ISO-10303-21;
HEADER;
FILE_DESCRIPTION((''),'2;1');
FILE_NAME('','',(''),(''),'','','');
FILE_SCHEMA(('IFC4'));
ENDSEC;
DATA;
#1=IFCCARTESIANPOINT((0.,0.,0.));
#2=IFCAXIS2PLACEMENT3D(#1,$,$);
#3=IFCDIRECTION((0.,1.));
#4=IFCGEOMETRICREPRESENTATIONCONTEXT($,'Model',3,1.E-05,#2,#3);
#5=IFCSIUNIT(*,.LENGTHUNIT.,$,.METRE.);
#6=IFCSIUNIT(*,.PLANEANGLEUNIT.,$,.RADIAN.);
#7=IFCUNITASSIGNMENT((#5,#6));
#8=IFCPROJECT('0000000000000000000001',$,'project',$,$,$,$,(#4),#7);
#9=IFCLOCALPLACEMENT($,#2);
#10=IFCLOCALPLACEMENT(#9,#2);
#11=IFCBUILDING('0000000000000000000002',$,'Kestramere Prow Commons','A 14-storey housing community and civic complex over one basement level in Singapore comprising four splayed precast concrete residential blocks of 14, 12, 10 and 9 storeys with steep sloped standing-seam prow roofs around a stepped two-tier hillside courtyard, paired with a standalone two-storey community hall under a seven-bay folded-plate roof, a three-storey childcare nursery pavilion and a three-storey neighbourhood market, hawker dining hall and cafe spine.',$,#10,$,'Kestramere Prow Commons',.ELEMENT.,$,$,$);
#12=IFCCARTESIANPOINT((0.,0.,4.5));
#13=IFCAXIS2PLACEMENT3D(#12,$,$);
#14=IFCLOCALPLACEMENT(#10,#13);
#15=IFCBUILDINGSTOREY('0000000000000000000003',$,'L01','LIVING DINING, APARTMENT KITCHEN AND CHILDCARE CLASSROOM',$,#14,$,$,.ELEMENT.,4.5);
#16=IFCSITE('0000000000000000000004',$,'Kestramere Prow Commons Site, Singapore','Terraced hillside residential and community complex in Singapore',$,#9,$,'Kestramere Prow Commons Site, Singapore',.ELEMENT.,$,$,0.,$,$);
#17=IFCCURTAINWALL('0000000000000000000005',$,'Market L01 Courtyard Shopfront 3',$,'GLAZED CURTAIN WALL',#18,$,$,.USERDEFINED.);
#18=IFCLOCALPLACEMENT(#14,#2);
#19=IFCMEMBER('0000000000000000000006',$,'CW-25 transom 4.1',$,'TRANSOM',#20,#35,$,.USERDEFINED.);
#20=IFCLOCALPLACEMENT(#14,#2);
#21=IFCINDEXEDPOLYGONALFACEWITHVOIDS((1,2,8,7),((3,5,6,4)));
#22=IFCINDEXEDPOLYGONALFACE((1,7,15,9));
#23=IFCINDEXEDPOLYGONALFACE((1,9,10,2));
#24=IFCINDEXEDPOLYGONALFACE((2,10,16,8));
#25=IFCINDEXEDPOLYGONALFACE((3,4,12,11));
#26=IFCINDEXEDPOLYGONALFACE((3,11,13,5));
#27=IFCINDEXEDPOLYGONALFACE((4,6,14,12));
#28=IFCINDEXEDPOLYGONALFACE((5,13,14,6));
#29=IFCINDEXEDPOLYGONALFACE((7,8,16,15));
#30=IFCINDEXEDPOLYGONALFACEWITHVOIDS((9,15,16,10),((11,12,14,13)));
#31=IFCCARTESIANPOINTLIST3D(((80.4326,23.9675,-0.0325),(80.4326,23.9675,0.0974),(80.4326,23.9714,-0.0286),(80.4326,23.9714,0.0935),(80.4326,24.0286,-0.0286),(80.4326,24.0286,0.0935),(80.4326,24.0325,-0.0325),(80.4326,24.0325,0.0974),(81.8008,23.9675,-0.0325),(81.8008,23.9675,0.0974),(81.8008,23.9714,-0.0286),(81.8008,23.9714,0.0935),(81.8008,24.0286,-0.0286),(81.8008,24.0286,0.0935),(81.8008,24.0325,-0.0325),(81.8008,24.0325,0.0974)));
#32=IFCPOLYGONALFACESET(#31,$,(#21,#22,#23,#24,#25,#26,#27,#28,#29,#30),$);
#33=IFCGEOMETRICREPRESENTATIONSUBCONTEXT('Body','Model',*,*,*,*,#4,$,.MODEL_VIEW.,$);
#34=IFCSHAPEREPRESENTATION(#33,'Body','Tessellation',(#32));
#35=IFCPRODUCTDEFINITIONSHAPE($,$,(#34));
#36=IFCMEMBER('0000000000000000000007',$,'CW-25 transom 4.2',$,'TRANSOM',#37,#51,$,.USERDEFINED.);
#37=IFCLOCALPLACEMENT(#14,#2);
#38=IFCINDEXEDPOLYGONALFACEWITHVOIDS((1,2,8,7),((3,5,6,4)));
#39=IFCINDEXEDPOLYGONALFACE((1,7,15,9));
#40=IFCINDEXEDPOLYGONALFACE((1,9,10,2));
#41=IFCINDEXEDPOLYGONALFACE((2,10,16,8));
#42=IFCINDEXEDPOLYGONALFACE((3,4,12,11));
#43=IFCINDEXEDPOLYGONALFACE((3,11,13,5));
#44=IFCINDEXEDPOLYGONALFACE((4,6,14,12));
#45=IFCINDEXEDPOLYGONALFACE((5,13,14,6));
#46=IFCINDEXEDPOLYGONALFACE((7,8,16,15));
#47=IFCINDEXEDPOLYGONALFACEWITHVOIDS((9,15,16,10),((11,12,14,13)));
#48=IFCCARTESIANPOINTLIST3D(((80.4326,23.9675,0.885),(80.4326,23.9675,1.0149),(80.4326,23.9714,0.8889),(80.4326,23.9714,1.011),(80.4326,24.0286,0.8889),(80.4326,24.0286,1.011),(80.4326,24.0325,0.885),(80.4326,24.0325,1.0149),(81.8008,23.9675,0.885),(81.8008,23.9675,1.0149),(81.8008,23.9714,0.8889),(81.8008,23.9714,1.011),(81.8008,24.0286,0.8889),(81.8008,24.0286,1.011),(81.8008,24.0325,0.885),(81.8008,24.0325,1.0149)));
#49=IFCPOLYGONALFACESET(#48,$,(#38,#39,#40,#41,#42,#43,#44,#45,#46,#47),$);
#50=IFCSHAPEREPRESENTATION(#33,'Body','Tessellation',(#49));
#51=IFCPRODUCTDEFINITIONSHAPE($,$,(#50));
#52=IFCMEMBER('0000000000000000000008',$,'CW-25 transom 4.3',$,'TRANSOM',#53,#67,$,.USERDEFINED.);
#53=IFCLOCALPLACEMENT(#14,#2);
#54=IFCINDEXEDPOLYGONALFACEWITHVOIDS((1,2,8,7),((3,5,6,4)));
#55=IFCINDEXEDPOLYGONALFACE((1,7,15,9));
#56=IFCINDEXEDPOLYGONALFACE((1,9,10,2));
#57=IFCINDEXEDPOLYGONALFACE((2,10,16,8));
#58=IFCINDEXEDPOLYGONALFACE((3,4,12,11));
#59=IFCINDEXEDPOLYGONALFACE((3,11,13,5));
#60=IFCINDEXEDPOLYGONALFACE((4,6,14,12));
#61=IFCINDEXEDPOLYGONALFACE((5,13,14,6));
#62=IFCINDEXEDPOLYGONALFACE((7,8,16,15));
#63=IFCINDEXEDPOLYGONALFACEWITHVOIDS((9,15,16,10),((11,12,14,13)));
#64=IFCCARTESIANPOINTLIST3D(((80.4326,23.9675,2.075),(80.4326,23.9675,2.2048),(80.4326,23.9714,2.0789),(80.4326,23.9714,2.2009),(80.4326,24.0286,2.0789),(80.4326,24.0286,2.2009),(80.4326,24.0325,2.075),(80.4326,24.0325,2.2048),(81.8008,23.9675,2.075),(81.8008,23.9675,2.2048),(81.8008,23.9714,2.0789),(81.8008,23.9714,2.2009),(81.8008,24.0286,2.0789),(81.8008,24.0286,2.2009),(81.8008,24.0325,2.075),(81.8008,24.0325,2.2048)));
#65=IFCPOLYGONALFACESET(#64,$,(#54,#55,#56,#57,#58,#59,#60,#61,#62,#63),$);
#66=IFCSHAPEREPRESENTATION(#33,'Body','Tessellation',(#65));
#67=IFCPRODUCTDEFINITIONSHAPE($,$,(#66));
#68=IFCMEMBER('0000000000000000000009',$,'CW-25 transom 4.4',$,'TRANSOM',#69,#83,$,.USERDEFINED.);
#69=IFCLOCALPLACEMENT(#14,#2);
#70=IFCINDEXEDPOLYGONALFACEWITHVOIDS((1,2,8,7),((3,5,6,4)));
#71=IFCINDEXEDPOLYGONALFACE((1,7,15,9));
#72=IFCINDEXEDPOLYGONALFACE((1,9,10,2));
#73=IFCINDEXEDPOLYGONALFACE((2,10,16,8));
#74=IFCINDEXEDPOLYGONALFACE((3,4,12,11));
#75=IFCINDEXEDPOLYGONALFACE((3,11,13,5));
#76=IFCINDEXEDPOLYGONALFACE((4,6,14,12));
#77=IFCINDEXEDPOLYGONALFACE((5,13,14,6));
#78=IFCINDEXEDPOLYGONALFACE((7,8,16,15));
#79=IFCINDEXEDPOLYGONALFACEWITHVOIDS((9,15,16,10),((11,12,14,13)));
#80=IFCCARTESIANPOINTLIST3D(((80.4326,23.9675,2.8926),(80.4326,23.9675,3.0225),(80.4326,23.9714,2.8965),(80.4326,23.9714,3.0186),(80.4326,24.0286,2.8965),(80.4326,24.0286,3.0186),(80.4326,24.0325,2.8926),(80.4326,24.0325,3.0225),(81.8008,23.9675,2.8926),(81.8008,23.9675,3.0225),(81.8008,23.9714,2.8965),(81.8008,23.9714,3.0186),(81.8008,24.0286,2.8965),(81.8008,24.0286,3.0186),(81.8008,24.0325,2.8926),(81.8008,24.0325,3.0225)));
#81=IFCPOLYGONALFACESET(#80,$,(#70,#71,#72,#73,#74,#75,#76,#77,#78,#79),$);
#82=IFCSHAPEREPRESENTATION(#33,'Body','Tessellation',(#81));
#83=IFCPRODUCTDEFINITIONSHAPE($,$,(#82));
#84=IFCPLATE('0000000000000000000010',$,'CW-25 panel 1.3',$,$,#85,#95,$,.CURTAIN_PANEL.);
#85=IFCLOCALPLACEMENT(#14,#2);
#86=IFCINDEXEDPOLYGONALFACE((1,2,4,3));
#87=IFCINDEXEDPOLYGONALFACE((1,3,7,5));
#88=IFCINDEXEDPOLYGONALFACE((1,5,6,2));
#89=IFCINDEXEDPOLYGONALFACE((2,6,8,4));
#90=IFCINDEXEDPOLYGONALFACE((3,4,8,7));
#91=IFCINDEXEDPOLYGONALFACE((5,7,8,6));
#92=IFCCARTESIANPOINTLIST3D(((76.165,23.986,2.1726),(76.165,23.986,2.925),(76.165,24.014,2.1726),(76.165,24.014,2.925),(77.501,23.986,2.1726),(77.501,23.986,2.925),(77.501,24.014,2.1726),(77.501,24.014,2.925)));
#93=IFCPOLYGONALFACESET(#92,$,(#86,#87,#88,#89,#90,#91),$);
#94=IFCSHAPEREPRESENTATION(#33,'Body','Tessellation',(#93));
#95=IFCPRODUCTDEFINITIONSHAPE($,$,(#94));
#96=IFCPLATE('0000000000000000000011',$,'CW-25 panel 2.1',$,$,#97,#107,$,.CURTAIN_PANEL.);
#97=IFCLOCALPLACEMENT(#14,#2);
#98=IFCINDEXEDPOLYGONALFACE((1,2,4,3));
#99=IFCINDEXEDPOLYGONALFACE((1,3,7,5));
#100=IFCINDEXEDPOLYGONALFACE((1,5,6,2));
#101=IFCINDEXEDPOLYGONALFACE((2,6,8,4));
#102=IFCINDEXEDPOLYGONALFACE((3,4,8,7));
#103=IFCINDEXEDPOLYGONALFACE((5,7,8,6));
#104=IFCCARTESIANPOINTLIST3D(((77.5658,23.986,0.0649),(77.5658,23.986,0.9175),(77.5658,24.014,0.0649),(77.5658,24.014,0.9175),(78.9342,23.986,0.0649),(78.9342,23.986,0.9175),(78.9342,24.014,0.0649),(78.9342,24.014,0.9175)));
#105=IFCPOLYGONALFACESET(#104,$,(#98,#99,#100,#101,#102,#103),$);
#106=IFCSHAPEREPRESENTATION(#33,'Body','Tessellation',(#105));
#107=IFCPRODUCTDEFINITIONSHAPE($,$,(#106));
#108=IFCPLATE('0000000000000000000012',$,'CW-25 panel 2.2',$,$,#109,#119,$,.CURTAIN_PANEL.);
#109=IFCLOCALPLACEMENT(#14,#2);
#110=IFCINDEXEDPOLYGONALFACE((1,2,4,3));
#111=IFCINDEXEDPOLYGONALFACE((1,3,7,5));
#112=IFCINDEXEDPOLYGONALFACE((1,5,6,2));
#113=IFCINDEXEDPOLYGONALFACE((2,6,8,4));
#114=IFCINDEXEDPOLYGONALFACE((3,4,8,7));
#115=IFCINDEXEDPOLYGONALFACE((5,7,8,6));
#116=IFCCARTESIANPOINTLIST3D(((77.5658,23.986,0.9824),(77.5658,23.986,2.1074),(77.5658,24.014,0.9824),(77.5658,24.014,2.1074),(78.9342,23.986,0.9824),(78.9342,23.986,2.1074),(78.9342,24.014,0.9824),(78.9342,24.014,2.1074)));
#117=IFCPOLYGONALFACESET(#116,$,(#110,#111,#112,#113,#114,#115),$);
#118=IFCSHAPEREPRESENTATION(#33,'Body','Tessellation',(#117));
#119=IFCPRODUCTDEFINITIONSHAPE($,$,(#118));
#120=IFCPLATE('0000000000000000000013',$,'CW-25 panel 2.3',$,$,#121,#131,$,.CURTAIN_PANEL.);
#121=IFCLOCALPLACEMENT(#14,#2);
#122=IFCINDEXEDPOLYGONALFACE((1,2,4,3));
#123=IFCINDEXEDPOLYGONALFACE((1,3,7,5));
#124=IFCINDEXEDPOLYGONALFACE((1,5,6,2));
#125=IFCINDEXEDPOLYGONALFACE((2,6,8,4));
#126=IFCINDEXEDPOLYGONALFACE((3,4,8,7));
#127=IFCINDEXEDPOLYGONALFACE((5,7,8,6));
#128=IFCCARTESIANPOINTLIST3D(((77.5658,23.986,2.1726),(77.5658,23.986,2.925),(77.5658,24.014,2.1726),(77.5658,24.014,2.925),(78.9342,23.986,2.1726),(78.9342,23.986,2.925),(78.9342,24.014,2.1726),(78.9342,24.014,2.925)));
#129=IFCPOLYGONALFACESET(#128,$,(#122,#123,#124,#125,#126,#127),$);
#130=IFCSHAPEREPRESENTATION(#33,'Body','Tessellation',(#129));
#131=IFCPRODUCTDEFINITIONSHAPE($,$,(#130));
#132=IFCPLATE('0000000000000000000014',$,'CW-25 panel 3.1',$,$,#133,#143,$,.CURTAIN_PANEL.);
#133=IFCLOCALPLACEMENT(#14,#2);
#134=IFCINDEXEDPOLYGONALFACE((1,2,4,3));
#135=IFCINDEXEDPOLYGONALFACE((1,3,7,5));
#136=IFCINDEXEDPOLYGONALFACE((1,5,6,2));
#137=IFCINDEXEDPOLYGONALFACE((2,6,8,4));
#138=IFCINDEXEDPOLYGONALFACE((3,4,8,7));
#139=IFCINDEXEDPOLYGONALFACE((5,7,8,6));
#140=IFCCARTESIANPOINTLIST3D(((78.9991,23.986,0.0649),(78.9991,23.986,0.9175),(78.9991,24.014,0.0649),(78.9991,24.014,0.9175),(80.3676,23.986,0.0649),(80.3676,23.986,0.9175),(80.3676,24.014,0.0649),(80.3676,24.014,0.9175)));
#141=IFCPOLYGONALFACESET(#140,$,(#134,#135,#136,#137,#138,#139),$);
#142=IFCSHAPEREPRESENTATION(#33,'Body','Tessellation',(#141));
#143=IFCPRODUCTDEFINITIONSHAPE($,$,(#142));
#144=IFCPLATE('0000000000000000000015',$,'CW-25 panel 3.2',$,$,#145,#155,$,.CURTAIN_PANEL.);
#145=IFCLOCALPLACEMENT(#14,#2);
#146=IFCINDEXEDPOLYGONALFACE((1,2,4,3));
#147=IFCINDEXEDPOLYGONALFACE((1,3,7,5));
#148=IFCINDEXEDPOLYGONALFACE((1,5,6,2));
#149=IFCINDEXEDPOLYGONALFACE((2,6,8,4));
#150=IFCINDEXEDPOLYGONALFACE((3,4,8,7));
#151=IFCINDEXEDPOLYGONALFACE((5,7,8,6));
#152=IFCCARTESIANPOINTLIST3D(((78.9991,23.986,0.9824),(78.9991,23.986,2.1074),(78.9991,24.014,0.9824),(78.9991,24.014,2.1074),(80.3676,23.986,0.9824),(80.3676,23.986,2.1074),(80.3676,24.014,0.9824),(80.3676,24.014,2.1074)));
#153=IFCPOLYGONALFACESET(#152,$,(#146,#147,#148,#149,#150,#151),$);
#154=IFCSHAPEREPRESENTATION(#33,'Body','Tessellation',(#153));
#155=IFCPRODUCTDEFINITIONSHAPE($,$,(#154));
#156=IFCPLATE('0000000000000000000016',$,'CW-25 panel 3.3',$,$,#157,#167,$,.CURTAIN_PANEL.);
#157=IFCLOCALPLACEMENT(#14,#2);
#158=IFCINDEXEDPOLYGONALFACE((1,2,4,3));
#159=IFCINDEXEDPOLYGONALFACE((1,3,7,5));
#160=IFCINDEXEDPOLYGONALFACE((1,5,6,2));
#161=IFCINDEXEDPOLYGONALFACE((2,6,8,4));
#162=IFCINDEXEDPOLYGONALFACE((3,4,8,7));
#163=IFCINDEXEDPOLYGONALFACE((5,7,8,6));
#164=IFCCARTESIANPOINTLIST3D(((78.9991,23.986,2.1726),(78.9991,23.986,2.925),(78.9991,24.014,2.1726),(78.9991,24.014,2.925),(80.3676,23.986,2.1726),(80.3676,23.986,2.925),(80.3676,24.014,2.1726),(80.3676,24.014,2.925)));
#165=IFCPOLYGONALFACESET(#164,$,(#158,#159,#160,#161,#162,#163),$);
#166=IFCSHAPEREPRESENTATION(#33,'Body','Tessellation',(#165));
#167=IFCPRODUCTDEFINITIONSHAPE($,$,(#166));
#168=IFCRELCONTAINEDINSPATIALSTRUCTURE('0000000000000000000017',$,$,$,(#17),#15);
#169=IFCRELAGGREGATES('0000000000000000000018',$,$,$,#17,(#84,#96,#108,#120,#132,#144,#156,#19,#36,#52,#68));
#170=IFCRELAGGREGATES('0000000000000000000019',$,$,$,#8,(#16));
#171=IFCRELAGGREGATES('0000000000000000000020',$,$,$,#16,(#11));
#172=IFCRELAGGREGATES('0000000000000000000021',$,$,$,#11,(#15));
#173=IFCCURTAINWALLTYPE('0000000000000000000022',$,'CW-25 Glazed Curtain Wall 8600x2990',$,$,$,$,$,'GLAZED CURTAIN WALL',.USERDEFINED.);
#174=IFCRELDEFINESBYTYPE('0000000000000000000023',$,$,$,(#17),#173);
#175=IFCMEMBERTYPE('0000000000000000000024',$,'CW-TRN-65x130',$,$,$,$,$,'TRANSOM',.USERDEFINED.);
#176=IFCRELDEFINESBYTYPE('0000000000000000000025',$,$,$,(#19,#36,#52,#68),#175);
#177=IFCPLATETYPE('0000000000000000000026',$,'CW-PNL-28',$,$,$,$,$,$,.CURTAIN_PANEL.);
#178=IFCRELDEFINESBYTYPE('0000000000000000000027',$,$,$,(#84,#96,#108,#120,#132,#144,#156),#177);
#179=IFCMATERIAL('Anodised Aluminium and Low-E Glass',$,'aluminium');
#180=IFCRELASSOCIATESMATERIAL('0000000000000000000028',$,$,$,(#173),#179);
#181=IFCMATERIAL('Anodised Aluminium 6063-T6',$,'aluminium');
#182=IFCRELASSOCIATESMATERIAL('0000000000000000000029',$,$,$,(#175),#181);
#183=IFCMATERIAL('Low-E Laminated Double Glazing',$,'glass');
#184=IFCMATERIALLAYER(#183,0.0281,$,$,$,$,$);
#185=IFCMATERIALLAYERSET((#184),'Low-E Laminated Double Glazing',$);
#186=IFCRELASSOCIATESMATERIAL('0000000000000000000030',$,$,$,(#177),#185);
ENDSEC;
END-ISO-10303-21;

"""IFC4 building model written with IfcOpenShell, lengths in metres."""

from ifc_helpers import new_model, si_unit, direction, frame, origin, origin_2d, place, context, subcontext, project, spatial, rectangle, hollow_rectangle, extrude, material, layer, layer_set, material_profile, profile_set, type_object, element, aggregate, save


model = new_model("IFC4")

# Units and contexts
model_context = context("Model", 3, precision=1e-05, world=origin(), true_north=direction((0.0, 1.0)))
body_context = subcontext(model_context, "Body", "Model", "MODEL_VIEW")
ifc_project = project(units=[si_unit("LENGTHUNIT", "METRE"), si_unit("PLANEANGLEUNIT", "RADIAN")], contexts=[model_context])

# Site, building, storey
site_placement = place(None, origin())
site = spatial("IfcSite", under=ifc_project, at=site_placement, Name="Kestramere Prow Commons Site, Singapore", Description="Terraced hillside residential and community complex in Singapore", LongName="Kestramere Prow Commons Site, Singapore", CompositionType="ELEMENT", RefElevation=0.0)
building_placement = place(site_placement, origin())
building = spatial("IfcBuilding", under=site, at=building_placement, Name="Kestramere Prow Commons", Description="A 14-storey housing community and civic complex over one basement level in Singapore comprising four splayed precast concrete residential blocks of 14, 12, 10 and 9 storeys with steep sloped standing-seam prow roofs around a stepped two-tier hillside courtyard, paired with a standalone two-storey community hall under a seven-bay folded-plate roof, a three-storey childcare nursery pavilion and a three-storey neighbourhood market, hawker dining hall and cafe spine.", LongName="Kestramere Prow Commons", CompositionType="ELEMENT")
storey_placement = place(building_placement, frame((0.0, 0.0, 4.5)))
storey = spatial("IfcBuildingStorey", under=building, at=storey_placement, Name="L01", Description="LIVING DINING, APARTMENT KITCHEN AND CHILDCARE CLASSROOM", CompositionType="ELEMENT", Elevation=4.5)

# Curtain wall, members, plates
ifc_material_1 = material(Name="Anodised Aluminium and Low-E Glass", Category="aluminium")
curtain_wall_type = type_object("IfcCurtainWallType", Name="CW-25 Glazed Curtain Wall 8600x2990", ElementType="GLAZED CURTAIN WALL", PredefinedType="USERDEFINED", material=ifc_material_1)
curtain_wall_placement = place(storey_placement, origin())
curtain_wall = element("IfcCurtainWall", 1, at=curtain_wall_placement, inside=storey, type_object=curtain_wall_type, Name="Market L01 Courtyard Shopfront 3", ObjectType="GLAZED CURTAIN WALL", PredefinedType="USERDEFINED")
ifc_material_2 = material(Name="Anodised Aluminium 6063-T6", Category="aluminium")
ifc_material_profile_1 = material_profile(ifc_material_2, hollow_rectangle(XDim=0.0649, YDim=0.1299, WallThickness=0.0039, at=origin_2d()), Name="ALU-TRN 65x130")
ifc_profile_set_1 = profile_set([ifc_material_profile_1], Name="Anodised Aluminium 6063-T6")
member_type_1 = type_object("IfcMemberType", Name="CW-TRN-65x130", ElementType="TRANSOM", PredefinedType="USERDEFINED", material=ifc_profile_set_1)
member_1_placement = place(storey_placement, frame((80.4326, 24.0, 0.0325), z_axis=(1.0, 0.0, 0.0), x_axis=(0.0, 1.0, 0.0)))
member_1 = element("IfcMember", 2, at=member_1_placement, type_object=member_type_1, Name="CW-25 transom 4.1", ObjectType="TRANSOM", PredefinedType="USERDEFINED", context=body_context, shape_type="SweptSolid", body=[
    extrude(hollow_rectangle(XDim=0.0649, YDim=0.1299, WallThickness=0.0039, at=origin_2d()), origin(), (0.0, 0.0, 1.0), 1.3682),
])
member_2_placement = place(storey_placement, frame((80.4326, 24.0, 0.95), z_axis=(1.0, 0.0, 0.0), x_axis=(0.0, 1.0, 0.0)))
member_2 = element("IfcMember", 3, at=member_2_placement, type_object=member_type_1, Name="CW-25 transom 4.2", ObjectType="TRANSOM", PredefinedType="USERDEFINED", context=body_context, shape_type="SweptSolid", body=[
    extrude(hollow_rectangle(XDim=0.0649, YDim=0.1299, WallThickness=0.0039, at=origin_2d()), origin(), (0.0, 0.0, 1.0), 1.3682),
])
member_3_placement = place(storey_placement, frame((80.4326, 24.0, 2.1399), z_axis=(1.0, 0.0, 0.0), x_axis=(0.0, 1.0, 0.0)))
member_3 = element("IfcMember", 4, at=member_3_placement, type_object=member_type_1, Name="CW-25 transom 4.3", ObjectType="TRANSOM", PredefinedType="USERDEFINED", context=body_context, shape_type="SweptSolid", body=[
    extrude(hollow_rectangle(XDim=0.0649, YDim=0.1299, WallThickness=0.0039, at=origin_2d()), origin(), (0.0, 0.0, 1.0), 1.3682),
])
member_4_placement = place(storey_placement, frame((80.4326, 24.0, 2.9575), z_axis=(1.0, 0.0, 0.0), x_axis=(0.0, 1.0, 0.0)))
member_4 = element("IfcMember", 5, at=member_4_placement, type_object=member_type_1, Name="CW-25 transom 4.4", ObjectType="TRANSOM", PredefinedType="USERDEFINED", context=body_context, shape_type="SweptSolid", body=[
    extrude(hollow_rectangle(XDim=0.0649, YDim=0.1299, WallThickness=0.0039, at=origin_2d()), origin(), (0.0, 0.0, 1.0), 1.3682),
])
ifc_material_3 = material(Name="Low-E Laminated Double Glazing", Category="glass")
ifc_layer = layer(ifc_material_3, 0.0281)
ifc_layer_set = layer_set([ifc_layer], Name="Low-E Laminated Double Glazing")
plate_type = type_object("IfcPlateType", Name="CW-PNL-28", PredefinedType="CURTAIN_PANEL", material=ifc_layer_set)
plate_1_placement = place(storey_placement, frame((76.833, 24.0, 2.1726), z_axis=(0.0, 0.0, 1.0), x_axis=(1.0, 0.0, 0.0)))
plate_1 = element("IfcPlate", 6, at=plate_1_placement, type_object=plate_type, Name="CW-25 panel 1.3", PredefinedType="CURTAIN_PANEL", context=body_context, shape_type="SweptSolid", body=[
    extrude(rectangle(XDim=1.3359, YDim=0.0281, at=origin_2d()), origin(), (0.0, 0.0, 1.0), 0.7524),
])
plate_2_placement = place(storey_placement, frame((78.25, 24.0, 0.0649), z_axis=(0.0, 0.0, 1.0), x_axis=(1.0, 0.0, 0.0)))
plate_2 = element("IfcPlate", 7, at=plate_2_placement, type_object=plate_type, Name="CW-25 panel 2.1", PredefinedType="CURTAIN_PANEL", context=body_context, shape_type="SweptSolid", body=[
    extrude(rectangle(XDim=1.3684, YDim=0.0281, at=origin_2d()), origin(), (0.0, 0.0, 1.0), 0.8525),
])
plate_3_placement = place(storey_placement, frame((78.25, 24.0, 0.9824), z_axis=(0.0, 0.0, 1.0), x_axis=(1.0, 0.0, 0.0)))
plate_3 = element("IfcPlate", 8, at=plate_3_placement, type_object=plate_type, Name="CW-25 panel 2.2", PredefinedType="CURTAIN_PANEL", context=body_context, shape_type="SweptSolid", body=[
    extrude(rectangle(XDim=1.3684, YDim=0.0281, at=origin_2d()), origin(), (0.0, 0.0, 1.0), 1.125),
])
plate_4_placement = place(storey_placement, frame((78.25, 24.0, 2.1726), z_axis=(0.0, 0.0, 1.0), x_axis=(1.0, 0.0, 0.0)))
plate_4 = element("IfcPlate", 9, at=plate_4_placement, type_object=plate_type, Name="CW-25 panel 2.3", PredefinedType="CURTAIN_PANEL", context=body_context, shape_type="SweptSolid", body=[
    extrude(rectangle(XDim=1.3684, YDim=0.0281, at=origin_2d()), origin(), (0.0, 0.0, 1.0), 0.7524),
])
plate_5_placement = place(storey_placement, frame((79.6833, 24.0, 0.0649), z_axis=(0.0, 0.0, 1.0), x_axis=(1.0, 0.0, 0.0)))
plate_5 = element("IfcPlate", 10, at=plate_5_placement, type_object=plate_type, Name="CW-25 panel 3.1", PredefinedType="CURTAIN_PANEL", context=body_context, shape_type="SweptSolid", body=[
    extrude(rectangle(XDim=1.3684, YDim=0.0281, at=origin_2d()), origin(), (0.0, 0.0, 1.0), 0.8525),
])
plate_6_placement = place(storey_placement, frame((79.6833, 24.0, 0.9824), z_axis=(0.0, 0.0, 1.0), x_axis=(1.0, 0.0, 0.0)))
plate_6 = element("IfcPlate", 11, at=plate_6_placement, type_object=plate_type, Name="CW-25 panel 3.2", PredefinedType="CURTAIN_PANEL", context=body_context, shape_type="SweptSolid", body=[
    extrude(rectangle(XDim=1.3684, YDim=0.0281, at=origin_2d()), origin(), (0.0, 0.0, 1.0), 1.125),
])
plate_7_placement = place(storey_placement, frame((79.6833, 24.0, 2.1726), z_axis=(0.0, 0.0, 1.0), x_axis=(1.0, 0.0, 0.0)))
plate_7 = element("IfcPlate", 12, at=plate_7_placement, type_object=plate_type, Name="CW-25 panel 3.3", PredefinedType="CURTAIN_PANEL", context=body_context, shape_type="SweptSolid", body=[
    extrude(rectangle(XDim=1.3684, YDim=0.0281, at=origin_2d()), origin(), (0.0, 0.0, 1.0), 0.7524),
])
aggregate(curtain_wall, [plate_1, plate_2, plate_3, plate_4, plate_5, plate_6, plate_7, member_1, member_2, member_3, member_4])

save(model, "model.ifc")
